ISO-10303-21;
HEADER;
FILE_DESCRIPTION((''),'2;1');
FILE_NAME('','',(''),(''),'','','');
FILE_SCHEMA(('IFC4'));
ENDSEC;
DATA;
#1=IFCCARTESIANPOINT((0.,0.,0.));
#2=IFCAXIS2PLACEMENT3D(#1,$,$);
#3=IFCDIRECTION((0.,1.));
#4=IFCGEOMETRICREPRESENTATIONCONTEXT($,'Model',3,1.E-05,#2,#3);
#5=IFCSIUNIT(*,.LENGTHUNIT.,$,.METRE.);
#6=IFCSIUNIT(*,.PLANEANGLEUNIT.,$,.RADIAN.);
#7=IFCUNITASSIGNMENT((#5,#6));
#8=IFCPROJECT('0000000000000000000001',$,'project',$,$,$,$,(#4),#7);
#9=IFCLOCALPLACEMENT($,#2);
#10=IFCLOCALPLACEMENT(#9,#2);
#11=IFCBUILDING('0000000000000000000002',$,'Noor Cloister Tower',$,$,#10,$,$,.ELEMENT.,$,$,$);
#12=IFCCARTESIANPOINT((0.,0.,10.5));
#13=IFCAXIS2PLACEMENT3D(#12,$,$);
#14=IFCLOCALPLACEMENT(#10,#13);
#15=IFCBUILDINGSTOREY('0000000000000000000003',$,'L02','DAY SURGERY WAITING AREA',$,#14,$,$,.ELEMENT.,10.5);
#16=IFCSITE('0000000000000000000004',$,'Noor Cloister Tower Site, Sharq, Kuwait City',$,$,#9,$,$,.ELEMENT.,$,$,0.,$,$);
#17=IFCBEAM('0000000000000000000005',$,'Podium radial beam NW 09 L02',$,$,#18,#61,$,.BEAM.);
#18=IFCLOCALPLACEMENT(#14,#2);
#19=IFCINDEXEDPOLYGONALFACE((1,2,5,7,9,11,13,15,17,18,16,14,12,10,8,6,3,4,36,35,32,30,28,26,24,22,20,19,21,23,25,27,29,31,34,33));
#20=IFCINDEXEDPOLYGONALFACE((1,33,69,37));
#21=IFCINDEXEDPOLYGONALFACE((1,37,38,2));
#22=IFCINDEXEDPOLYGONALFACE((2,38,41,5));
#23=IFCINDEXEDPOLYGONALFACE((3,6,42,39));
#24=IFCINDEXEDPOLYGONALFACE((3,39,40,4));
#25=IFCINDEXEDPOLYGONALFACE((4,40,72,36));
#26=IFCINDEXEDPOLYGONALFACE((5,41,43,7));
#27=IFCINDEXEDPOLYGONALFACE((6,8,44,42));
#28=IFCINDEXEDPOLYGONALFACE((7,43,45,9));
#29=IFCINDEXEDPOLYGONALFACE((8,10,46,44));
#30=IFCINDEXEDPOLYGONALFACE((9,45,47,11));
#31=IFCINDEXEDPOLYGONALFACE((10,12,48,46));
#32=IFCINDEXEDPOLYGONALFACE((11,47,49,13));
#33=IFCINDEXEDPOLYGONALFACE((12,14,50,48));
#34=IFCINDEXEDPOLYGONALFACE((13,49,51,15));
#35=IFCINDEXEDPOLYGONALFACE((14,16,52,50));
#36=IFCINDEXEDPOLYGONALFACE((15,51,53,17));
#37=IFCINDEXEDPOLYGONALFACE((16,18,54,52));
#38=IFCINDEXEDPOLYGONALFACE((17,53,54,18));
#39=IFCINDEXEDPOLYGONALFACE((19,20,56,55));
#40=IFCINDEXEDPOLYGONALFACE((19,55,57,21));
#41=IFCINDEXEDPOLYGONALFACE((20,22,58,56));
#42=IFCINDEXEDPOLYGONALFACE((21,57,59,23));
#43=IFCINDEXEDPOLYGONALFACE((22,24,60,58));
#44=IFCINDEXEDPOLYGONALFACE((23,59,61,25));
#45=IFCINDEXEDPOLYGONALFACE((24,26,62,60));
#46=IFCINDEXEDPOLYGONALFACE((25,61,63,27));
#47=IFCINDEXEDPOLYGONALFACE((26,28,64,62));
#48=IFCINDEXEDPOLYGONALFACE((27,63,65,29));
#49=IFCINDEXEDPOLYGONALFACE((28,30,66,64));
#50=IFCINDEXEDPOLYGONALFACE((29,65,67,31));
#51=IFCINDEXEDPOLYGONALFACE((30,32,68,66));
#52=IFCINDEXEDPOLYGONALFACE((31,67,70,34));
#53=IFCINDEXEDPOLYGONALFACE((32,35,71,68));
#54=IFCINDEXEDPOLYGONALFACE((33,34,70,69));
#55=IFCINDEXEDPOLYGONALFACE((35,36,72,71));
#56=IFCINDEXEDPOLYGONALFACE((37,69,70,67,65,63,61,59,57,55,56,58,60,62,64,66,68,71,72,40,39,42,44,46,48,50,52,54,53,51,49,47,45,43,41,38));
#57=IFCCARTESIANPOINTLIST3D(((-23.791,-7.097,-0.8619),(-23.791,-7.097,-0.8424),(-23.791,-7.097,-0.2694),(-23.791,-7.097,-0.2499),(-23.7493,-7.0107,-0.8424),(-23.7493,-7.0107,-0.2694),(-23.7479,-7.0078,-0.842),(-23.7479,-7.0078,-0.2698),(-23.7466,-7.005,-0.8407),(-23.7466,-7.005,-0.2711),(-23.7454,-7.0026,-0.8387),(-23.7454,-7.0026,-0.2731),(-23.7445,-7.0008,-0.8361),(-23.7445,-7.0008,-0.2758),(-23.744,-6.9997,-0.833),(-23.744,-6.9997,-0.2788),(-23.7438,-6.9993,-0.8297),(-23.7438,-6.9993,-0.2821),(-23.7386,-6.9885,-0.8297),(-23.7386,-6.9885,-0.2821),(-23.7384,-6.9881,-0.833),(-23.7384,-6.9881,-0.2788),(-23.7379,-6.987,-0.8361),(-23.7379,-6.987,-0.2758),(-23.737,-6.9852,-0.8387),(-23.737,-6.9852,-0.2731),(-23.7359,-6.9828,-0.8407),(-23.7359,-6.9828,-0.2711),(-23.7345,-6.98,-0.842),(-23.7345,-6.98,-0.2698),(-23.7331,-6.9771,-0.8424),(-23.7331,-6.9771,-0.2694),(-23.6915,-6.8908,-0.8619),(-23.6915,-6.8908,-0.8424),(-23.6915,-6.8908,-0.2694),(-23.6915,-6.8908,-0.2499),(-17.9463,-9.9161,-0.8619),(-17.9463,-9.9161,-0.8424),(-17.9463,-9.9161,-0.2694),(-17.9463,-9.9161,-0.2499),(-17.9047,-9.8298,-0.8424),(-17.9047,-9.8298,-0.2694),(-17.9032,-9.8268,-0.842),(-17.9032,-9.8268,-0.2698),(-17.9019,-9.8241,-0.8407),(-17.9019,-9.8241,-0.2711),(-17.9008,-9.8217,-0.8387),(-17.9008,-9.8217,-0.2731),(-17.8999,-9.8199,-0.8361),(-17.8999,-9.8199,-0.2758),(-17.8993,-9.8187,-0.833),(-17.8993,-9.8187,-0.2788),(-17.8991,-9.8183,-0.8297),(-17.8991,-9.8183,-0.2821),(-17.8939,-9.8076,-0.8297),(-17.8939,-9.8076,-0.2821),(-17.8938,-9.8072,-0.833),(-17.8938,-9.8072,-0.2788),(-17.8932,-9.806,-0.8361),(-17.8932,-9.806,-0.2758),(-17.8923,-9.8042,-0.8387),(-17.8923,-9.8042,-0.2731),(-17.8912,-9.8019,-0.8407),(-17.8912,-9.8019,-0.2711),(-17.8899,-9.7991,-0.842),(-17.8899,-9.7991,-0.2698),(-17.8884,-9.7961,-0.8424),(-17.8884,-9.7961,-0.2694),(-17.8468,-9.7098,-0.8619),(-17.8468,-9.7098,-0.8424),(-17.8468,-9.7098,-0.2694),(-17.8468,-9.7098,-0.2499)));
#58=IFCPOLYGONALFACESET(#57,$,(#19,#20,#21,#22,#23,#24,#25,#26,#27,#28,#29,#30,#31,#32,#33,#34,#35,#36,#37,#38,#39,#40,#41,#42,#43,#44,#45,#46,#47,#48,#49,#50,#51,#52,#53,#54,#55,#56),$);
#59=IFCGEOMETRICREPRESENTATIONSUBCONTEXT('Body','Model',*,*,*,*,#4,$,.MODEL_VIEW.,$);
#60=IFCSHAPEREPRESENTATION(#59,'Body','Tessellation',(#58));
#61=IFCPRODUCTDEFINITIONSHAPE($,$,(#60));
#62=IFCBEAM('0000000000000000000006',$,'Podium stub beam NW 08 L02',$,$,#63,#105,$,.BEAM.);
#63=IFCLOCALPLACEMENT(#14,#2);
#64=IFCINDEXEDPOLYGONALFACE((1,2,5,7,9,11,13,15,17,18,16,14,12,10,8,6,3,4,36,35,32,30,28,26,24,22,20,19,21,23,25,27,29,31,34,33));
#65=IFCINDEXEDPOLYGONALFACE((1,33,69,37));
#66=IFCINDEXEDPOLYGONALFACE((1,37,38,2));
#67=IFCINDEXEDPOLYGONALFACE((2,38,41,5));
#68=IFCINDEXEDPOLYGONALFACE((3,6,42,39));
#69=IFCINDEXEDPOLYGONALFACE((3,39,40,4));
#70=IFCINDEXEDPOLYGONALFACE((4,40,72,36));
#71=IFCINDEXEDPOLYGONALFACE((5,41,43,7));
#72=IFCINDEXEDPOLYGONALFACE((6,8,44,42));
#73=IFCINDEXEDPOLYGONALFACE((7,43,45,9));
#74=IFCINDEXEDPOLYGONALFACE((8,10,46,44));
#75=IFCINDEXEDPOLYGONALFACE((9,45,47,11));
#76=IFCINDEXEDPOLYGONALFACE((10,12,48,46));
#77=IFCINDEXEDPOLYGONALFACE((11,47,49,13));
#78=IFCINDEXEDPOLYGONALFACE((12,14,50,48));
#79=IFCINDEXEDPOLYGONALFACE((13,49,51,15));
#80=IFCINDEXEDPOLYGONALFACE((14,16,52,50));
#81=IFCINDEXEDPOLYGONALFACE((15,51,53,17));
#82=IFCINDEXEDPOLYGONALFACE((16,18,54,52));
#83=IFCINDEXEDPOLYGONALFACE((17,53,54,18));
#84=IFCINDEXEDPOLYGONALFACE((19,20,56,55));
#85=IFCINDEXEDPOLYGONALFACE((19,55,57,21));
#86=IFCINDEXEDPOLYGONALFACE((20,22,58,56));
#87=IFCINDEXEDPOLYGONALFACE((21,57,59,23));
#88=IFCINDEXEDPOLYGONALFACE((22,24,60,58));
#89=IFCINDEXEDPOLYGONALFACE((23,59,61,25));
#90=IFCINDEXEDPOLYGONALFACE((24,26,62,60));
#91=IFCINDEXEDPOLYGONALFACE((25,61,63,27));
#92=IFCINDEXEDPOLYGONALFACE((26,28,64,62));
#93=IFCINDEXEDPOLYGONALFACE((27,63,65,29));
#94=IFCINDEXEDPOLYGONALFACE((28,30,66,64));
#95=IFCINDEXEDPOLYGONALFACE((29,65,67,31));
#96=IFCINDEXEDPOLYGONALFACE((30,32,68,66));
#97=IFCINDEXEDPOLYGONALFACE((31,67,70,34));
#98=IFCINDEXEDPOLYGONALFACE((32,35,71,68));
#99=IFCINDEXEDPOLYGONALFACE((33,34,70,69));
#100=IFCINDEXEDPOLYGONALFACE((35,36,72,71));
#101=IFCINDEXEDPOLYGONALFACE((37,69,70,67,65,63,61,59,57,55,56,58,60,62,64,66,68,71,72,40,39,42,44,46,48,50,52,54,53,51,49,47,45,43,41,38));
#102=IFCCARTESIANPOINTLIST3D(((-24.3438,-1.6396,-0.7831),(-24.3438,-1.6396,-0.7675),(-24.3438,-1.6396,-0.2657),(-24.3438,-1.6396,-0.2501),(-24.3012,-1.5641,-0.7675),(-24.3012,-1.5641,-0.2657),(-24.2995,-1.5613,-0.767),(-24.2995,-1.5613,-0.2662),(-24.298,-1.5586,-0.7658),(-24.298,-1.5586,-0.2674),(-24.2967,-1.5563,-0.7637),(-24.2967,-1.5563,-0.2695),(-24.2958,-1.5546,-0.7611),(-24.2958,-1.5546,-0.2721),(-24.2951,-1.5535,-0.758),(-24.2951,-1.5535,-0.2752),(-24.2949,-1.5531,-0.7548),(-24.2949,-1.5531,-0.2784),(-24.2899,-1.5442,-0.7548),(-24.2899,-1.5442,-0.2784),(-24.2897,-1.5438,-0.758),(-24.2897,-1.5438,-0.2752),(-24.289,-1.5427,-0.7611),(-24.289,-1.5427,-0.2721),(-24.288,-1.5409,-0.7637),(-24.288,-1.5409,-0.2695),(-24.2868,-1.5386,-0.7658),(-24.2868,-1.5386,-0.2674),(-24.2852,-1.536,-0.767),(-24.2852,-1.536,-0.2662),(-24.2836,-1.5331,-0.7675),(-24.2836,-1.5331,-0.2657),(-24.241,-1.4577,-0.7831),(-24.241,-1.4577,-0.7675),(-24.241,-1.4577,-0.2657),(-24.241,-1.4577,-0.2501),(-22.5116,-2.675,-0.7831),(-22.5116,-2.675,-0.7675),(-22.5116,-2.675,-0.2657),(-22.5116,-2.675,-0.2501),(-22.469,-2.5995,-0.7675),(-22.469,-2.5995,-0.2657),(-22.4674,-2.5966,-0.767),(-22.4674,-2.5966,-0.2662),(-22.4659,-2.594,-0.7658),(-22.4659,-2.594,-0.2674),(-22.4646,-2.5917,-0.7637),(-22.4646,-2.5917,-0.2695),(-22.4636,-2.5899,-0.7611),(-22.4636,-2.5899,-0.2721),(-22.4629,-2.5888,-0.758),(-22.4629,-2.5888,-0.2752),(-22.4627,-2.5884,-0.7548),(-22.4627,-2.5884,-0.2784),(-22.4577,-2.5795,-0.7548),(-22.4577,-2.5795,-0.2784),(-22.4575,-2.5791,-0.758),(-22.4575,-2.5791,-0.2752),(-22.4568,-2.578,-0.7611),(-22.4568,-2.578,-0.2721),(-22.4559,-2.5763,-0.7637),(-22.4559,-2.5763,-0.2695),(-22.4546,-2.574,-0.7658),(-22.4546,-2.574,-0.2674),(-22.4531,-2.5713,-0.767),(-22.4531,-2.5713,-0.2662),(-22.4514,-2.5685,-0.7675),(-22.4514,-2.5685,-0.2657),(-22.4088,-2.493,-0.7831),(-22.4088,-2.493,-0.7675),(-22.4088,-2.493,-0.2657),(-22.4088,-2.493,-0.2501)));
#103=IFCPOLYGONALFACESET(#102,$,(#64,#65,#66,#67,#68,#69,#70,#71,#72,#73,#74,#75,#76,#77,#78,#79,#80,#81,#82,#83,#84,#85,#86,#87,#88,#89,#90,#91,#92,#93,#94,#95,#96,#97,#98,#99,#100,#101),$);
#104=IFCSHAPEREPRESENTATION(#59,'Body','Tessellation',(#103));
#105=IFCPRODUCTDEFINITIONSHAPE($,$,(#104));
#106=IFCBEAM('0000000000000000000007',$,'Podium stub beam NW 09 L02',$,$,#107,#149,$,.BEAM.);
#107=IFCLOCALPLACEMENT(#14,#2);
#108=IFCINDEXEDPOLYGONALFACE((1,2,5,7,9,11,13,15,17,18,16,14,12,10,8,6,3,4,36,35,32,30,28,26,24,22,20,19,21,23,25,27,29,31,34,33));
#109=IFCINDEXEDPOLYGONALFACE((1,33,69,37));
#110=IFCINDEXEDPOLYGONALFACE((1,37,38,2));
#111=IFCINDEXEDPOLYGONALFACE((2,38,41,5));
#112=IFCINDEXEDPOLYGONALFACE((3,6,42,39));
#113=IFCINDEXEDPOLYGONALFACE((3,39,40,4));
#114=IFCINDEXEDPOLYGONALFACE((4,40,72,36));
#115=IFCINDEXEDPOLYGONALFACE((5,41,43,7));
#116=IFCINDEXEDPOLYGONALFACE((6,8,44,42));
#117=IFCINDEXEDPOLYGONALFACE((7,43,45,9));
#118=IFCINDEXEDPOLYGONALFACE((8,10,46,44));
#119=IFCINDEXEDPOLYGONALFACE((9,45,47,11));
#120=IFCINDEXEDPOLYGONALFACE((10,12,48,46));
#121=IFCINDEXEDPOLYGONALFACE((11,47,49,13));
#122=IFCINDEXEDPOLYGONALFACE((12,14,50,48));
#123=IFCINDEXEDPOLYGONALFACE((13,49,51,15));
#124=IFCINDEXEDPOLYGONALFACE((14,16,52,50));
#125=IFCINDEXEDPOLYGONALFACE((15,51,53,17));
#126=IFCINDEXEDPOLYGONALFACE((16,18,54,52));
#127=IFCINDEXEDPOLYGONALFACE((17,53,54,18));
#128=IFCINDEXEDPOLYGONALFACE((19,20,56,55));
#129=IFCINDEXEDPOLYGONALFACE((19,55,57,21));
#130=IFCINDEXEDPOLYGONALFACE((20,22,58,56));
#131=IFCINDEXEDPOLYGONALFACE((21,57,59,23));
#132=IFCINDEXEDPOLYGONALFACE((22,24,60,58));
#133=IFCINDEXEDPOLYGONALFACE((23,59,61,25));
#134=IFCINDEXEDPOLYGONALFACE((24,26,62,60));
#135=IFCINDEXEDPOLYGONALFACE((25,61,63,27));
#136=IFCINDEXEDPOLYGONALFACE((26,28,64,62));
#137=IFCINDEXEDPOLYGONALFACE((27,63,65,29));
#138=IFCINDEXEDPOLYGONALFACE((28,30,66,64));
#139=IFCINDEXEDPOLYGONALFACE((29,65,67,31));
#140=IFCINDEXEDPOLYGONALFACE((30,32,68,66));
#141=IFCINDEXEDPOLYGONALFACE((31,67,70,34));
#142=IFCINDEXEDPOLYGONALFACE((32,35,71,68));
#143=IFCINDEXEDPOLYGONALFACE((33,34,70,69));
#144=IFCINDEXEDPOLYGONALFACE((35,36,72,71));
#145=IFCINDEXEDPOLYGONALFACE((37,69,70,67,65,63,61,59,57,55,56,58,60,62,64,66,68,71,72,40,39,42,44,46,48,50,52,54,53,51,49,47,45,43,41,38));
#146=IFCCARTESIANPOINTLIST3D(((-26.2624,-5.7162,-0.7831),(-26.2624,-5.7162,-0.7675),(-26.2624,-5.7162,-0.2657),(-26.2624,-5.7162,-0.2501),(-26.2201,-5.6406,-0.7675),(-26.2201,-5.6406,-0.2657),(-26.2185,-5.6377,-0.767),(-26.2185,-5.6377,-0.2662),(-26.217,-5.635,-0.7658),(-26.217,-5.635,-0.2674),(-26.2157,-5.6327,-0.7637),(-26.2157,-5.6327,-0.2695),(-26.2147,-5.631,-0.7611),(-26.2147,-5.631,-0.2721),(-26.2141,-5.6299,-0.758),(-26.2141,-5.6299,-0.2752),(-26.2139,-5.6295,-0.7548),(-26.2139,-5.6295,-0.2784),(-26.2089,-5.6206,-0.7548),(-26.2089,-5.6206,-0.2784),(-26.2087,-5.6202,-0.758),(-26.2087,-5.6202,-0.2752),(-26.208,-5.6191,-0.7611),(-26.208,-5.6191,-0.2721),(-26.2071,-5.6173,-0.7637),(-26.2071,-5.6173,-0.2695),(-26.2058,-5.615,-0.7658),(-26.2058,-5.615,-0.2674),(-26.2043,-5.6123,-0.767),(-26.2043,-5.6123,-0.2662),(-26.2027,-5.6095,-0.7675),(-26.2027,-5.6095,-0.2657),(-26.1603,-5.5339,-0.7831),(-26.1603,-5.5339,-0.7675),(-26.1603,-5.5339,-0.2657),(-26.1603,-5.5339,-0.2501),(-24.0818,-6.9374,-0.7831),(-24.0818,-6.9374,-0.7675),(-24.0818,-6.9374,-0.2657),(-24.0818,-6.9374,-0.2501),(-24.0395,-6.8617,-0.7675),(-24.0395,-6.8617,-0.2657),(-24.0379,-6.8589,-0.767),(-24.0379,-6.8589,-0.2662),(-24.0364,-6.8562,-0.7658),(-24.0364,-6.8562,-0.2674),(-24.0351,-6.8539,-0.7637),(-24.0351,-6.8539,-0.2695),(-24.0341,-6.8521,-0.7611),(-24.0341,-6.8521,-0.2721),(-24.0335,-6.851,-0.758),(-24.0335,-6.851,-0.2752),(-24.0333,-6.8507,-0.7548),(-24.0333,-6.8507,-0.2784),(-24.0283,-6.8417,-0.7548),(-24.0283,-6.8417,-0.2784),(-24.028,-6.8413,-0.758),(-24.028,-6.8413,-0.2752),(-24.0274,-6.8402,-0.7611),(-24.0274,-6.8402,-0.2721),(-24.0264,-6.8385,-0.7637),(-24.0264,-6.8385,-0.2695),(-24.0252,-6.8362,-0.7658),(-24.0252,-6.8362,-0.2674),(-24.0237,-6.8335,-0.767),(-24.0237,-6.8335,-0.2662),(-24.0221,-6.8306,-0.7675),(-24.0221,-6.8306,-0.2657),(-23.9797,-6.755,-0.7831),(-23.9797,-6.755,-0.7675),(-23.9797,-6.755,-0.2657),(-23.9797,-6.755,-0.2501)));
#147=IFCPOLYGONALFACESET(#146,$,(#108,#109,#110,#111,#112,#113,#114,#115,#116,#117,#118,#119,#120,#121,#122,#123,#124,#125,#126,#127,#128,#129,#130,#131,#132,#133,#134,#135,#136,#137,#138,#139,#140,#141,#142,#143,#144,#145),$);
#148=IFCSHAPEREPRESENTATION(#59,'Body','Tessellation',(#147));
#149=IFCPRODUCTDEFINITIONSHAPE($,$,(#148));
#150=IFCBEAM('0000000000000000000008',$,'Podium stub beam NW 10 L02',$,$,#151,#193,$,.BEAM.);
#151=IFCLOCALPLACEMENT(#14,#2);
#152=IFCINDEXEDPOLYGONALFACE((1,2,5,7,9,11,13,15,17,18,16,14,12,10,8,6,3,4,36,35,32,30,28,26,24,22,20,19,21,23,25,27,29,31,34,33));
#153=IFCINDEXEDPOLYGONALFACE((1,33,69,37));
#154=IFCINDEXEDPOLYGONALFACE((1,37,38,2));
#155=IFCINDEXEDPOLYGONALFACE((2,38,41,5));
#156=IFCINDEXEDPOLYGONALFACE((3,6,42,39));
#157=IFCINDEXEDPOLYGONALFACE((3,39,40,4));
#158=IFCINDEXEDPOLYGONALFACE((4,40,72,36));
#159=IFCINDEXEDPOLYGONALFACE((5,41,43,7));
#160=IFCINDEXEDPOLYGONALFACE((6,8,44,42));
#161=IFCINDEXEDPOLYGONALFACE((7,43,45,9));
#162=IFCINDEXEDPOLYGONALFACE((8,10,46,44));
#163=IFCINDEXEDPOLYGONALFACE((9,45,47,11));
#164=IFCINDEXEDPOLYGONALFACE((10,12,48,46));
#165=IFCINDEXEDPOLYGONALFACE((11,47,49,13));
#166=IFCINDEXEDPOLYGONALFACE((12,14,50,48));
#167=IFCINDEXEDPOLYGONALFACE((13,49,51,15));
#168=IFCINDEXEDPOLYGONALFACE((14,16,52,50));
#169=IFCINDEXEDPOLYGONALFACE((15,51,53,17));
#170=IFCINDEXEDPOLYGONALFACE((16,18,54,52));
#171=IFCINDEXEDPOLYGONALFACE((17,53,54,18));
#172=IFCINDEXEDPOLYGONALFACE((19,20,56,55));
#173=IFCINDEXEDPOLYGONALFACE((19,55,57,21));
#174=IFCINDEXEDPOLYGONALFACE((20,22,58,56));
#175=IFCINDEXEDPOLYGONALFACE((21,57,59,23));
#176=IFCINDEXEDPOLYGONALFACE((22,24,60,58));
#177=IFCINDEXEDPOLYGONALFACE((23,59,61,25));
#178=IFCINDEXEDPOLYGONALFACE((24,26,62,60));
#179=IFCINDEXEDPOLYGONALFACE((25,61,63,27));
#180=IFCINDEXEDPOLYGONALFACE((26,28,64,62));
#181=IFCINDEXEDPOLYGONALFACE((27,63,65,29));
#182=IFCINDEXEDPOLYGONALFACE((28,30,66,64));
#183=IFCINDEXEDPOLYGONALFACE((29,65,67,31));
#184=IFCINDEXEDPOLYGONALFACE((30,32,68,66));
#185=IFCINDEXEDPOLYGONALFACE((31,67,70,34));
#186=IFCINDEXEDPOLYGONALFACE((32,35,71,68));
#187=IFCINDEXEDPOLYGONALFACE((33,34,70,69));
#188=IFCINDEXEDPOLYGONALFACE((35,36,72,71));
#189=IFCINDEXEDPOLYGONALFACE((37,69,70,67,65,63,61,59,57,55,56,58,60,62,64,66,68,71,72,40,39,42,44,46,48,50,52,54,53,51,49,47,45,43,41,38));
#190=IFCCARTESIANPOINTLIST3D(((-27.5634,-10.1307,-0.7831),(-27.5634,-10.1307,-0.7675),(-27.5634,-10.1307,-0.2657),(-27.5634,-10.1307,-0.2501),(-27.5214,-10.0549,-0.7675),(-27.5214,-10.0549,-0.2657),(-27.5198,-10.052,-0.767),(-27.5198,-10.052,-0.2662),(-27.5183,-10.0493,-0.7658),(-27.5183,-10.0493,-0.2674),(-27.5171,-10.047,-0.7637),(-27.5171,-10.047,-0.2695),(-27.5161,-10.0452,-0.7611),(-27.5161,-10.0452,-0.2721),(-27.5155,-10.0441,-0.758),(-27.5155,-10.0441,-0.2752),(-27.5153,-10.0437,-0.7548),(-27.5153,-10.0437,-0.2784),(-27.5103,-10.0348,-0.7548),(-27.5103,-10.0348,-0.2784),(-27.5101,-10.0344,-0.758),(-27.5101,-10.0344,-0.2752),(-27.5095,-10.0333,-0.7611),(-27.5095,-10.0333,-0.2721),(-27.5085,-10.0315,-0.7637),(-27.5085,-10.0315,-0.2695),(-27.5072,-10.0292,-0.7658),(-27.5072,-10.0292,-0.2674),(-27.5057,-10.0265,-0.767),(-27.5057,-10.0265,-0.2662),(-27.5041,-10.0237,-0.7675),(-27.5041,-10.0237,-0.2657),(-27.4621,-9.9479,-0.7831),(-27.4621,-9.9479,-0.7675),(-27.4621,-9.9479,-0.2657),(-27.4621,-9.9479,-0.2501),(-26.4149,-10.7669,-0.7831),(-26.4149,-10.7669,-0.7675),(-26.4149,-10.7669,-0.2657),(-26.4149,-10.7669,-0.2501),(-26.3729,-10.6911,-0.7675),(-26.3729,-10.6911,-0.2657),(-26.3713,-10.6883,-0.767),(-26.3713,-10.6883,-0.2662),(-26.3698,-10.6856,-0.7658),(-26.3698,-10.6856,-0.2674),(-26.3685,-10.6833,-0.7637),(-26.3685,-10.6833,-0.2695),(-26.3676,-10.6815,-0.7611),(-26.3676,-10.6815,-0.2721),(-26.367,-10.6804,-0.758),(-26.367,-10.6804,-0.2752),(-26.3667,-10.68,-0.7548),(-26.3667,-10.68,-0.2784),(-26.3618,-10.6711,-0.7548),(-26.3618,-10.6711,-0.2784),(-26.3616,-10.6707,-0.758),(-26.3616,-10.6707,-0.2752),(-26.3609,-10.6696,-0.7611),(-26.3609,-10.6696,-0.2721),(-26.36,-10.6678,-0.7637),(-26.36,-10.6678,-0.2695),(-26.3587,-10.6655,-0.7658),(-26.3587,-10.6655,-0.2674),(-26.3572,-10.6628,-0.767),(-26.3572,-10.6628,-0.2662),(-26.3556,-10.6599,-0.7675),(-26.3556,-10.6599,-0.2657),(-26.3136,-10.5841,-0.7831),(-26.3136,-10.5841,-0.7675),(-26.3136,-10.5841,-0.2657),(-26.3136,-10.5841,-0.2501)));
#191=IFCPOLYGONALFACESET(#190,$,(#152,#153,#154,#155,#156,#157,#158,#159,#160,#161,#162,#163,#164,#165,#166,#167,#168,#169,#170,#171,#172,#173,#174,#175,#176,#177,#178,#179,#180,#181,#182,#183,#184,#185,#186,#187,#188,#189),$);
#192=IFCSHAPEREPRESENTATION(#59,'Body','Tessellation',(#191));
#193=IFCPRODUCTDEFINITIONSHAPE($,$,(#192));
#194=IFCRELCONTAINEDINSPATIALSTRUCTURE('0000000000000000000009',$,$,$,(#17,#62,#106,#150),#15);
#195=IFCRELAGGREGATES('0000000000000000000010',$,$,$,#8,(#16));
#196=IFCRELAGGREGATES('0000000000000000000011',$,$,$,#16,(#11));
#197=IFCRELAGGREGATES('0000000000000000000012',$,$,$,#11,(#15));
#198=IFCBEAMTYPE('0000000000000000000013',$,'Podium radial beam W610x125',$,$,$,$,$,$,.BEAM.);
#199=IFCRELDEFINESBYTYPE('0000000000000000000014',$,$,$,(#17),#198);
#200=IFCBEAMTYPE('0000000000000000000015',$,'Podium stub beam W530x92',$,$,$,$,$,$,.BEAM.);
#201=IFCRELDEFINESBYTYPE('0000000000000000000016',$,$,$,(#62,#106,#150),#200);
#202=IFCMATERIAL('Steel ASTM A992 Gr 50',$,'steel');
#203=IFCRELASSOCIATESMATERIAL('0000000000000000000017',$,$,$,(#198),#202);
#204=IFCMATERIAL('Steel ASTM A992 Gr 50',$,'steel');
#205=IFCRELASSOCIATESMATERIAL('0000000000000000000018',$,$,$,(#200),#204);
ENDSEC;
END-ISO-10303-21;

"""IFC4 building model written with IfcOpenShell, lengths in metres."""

from ifc_helpers import new_model, si_unit, direction, frame, origin, origin_2d, place, context, subcontext, project, spatial, i_section, extrude, material, material_profile, profile_set, type_object, element, save


model = new_model("IFC4")

# Units and contexts
model_context = context("Model", 3, precision=1e-05, world=origin(), true_north=direction((0.0, 1.0)))
body_context = subcontext(model_context, "Body", "Model", "MODEL_VIEW")
ifc_project = project(units=[si_unit("LENGTHUNIT", "METRE"), si_unit("PLANEANGLEUNIT", "RADIAN")], contexts=[model_context])

# Site, building, storey
site_placement = place(None, origin())
site = spatial("IfcSite", under=ifc_project, at=site_placement, Name="Noor Cloister Tower Site, Sharq, Kuwait City", CompositionType="ELEMENT", RefElevation=0.0)
building_placement = place(site_placement, origin())
building = spatial("IfcBuilding", under=site, at=building_placement, Name="Noor Cloister Tower", CompositionType="ELEMENT")
storey_placement = place(building_placement, frame((0.0, 0.0, 10.5)))
storey = spatial("IfcBuildingStorey", under=building, at=storey_placement, Name="L02", Description="DAY SURGERY WAITING AREA", CompositionType="ELEMENT", Elevation=10.5)

# Beams
ifc_material_1 = material(Name="Steel ASTM A992 Gr 50", Category="steel")
ifc_material_profile_1 = material_profile(ifc_material_1, i_section(OverallWidth=0.229, OverallDepth=0.6121, WebThickness=0.012, FlangeThickness=0.0195, FilletRadius=0.0127, at=origin_2d()), Name="W610x125")
ifc_profile_set_1 = profile_set([ifc_material_profile_1], Name="Steel ASTM A992 Gr 50")
beam_type_1 = type_object("IfcBeamType", Name="Podium radial beam W610x125", PredefinedType="BEAM", material=ifc_profile_set_1)
beam_1_placement = place(storey_placement, frame((-23.7412, -6.9939, -0.5559), z_axis=(0.900702, -0.434437, 0.0), x_axis=(0.434437, 0.900702, 0.0)))
element("IfcBeam", 1, at=beam_1_placement, inside=storey, type_object=beam_type_1, Name="Podium radial beam NW 09 L02", PredefinedType="BEAM", context=body_context, shape_type="SweptSolid", body=[
    extrude(i_section(OverallWidth=0.229, OverallDepth=0.6121, WebThickness=0.012, FlangeThickness=0.0195, FilletRadius=0.0127, at=origin_2d()), origin(), (0.0, 0.0, 1.0), 6.489),
])
ifc_material_2 = material(Name="Steel ASTM A992 Gr 50", Category="steel")
ifc_material_profile_2 = material_profile(ifc_material_2, i_section(OverallWidth=0.209, OverallDepth=0.533, WebThickness=0.0103, FlangeThickness=0.0156, FilletRadius=0.0127, at=origin_2d()), Name="W530x92")
ifc_profile_set_2 = profile_set([ifc_material_profile_2], Name="Steel ASTM A992 Gr 50")
beam_type_2 = type_object("IfcBeamType", Name="Podium stub beam W530x92", PredefinedType="BEAM", material=ifc_profile_set_2)
beam_2_placement = place(storey_placement, frame((-22.4602, -2.584, -0.5166), z_axis=(-0.87061, 0.491973, 0.0), x_axis=(-0.491973, -0.87061, 0.0)))
element("IfcBeam", 2, at=beam_2_placement, inside=storey, type_object=beam_type_2, Name="Podium stub beam NW 08 L02", PredefinedType="BEAM", context=body_context, shape_type="SweptSolid", body=[
    extrude(i_section(OverallWidth=0.209, OverallDepth=0.533, WebThickness=0.0103, FlangeThickness=0.0156, FilletRadius=0.0127, at=origin_2d()), origin(), (0.0, 0.0, 1.0), 2.1045),
])
beam_3_placement = place(storey_placement, frame((-24.0308, -6.8462, -0.5166), z_axis=(-0.872503, 0.488609, 0.0), x_axis=(-0.488609, -0.872503, 0.0)))
element("IfcBeam", 3, at=beam_3_placement, inside=storey, type_object=beam_type_2, Name="Podium stub beam NW 09 L02", PredefinedType="BEAM", context=body_context, shape_type="SweptSolid", body=[
    extrude(i_section(OverallWidth=0.209, OverallDepth=0.533, WebThickness=0.0103, FlangeThickness=0.0156, FilletRadius=0.0127, at=origin_2d()), origin(), (0.0, 0.0, 1.0), 2.4993),
])
beam_4_placement = place(storey_placement, frame((-26.3643, -10.6755, -0.5166), z_axis=(-0.874736, 0.484601, 0.0), x_axis=(-0.484601, -0.874736, 0.0)))
element("IfcBeam", 4, at=beam_4_placement, inside=storey, type_object=beam_type_2, Name="Podium stub beam NW 10 L02", PredefinedType="BEAM", context=body_context, shape_type="SweptSolid", body=[
    extrude(i_section(OverallWidth=0.209, OverallDepth=0.533, WebThickness=0.0103, FlangeThickness=0.0156, FilletRadius=0.0127, at=origin_2d()), origin(), (0.0, 0.0, 1.0), 1.313),
])

save(model, "model.ifc")
